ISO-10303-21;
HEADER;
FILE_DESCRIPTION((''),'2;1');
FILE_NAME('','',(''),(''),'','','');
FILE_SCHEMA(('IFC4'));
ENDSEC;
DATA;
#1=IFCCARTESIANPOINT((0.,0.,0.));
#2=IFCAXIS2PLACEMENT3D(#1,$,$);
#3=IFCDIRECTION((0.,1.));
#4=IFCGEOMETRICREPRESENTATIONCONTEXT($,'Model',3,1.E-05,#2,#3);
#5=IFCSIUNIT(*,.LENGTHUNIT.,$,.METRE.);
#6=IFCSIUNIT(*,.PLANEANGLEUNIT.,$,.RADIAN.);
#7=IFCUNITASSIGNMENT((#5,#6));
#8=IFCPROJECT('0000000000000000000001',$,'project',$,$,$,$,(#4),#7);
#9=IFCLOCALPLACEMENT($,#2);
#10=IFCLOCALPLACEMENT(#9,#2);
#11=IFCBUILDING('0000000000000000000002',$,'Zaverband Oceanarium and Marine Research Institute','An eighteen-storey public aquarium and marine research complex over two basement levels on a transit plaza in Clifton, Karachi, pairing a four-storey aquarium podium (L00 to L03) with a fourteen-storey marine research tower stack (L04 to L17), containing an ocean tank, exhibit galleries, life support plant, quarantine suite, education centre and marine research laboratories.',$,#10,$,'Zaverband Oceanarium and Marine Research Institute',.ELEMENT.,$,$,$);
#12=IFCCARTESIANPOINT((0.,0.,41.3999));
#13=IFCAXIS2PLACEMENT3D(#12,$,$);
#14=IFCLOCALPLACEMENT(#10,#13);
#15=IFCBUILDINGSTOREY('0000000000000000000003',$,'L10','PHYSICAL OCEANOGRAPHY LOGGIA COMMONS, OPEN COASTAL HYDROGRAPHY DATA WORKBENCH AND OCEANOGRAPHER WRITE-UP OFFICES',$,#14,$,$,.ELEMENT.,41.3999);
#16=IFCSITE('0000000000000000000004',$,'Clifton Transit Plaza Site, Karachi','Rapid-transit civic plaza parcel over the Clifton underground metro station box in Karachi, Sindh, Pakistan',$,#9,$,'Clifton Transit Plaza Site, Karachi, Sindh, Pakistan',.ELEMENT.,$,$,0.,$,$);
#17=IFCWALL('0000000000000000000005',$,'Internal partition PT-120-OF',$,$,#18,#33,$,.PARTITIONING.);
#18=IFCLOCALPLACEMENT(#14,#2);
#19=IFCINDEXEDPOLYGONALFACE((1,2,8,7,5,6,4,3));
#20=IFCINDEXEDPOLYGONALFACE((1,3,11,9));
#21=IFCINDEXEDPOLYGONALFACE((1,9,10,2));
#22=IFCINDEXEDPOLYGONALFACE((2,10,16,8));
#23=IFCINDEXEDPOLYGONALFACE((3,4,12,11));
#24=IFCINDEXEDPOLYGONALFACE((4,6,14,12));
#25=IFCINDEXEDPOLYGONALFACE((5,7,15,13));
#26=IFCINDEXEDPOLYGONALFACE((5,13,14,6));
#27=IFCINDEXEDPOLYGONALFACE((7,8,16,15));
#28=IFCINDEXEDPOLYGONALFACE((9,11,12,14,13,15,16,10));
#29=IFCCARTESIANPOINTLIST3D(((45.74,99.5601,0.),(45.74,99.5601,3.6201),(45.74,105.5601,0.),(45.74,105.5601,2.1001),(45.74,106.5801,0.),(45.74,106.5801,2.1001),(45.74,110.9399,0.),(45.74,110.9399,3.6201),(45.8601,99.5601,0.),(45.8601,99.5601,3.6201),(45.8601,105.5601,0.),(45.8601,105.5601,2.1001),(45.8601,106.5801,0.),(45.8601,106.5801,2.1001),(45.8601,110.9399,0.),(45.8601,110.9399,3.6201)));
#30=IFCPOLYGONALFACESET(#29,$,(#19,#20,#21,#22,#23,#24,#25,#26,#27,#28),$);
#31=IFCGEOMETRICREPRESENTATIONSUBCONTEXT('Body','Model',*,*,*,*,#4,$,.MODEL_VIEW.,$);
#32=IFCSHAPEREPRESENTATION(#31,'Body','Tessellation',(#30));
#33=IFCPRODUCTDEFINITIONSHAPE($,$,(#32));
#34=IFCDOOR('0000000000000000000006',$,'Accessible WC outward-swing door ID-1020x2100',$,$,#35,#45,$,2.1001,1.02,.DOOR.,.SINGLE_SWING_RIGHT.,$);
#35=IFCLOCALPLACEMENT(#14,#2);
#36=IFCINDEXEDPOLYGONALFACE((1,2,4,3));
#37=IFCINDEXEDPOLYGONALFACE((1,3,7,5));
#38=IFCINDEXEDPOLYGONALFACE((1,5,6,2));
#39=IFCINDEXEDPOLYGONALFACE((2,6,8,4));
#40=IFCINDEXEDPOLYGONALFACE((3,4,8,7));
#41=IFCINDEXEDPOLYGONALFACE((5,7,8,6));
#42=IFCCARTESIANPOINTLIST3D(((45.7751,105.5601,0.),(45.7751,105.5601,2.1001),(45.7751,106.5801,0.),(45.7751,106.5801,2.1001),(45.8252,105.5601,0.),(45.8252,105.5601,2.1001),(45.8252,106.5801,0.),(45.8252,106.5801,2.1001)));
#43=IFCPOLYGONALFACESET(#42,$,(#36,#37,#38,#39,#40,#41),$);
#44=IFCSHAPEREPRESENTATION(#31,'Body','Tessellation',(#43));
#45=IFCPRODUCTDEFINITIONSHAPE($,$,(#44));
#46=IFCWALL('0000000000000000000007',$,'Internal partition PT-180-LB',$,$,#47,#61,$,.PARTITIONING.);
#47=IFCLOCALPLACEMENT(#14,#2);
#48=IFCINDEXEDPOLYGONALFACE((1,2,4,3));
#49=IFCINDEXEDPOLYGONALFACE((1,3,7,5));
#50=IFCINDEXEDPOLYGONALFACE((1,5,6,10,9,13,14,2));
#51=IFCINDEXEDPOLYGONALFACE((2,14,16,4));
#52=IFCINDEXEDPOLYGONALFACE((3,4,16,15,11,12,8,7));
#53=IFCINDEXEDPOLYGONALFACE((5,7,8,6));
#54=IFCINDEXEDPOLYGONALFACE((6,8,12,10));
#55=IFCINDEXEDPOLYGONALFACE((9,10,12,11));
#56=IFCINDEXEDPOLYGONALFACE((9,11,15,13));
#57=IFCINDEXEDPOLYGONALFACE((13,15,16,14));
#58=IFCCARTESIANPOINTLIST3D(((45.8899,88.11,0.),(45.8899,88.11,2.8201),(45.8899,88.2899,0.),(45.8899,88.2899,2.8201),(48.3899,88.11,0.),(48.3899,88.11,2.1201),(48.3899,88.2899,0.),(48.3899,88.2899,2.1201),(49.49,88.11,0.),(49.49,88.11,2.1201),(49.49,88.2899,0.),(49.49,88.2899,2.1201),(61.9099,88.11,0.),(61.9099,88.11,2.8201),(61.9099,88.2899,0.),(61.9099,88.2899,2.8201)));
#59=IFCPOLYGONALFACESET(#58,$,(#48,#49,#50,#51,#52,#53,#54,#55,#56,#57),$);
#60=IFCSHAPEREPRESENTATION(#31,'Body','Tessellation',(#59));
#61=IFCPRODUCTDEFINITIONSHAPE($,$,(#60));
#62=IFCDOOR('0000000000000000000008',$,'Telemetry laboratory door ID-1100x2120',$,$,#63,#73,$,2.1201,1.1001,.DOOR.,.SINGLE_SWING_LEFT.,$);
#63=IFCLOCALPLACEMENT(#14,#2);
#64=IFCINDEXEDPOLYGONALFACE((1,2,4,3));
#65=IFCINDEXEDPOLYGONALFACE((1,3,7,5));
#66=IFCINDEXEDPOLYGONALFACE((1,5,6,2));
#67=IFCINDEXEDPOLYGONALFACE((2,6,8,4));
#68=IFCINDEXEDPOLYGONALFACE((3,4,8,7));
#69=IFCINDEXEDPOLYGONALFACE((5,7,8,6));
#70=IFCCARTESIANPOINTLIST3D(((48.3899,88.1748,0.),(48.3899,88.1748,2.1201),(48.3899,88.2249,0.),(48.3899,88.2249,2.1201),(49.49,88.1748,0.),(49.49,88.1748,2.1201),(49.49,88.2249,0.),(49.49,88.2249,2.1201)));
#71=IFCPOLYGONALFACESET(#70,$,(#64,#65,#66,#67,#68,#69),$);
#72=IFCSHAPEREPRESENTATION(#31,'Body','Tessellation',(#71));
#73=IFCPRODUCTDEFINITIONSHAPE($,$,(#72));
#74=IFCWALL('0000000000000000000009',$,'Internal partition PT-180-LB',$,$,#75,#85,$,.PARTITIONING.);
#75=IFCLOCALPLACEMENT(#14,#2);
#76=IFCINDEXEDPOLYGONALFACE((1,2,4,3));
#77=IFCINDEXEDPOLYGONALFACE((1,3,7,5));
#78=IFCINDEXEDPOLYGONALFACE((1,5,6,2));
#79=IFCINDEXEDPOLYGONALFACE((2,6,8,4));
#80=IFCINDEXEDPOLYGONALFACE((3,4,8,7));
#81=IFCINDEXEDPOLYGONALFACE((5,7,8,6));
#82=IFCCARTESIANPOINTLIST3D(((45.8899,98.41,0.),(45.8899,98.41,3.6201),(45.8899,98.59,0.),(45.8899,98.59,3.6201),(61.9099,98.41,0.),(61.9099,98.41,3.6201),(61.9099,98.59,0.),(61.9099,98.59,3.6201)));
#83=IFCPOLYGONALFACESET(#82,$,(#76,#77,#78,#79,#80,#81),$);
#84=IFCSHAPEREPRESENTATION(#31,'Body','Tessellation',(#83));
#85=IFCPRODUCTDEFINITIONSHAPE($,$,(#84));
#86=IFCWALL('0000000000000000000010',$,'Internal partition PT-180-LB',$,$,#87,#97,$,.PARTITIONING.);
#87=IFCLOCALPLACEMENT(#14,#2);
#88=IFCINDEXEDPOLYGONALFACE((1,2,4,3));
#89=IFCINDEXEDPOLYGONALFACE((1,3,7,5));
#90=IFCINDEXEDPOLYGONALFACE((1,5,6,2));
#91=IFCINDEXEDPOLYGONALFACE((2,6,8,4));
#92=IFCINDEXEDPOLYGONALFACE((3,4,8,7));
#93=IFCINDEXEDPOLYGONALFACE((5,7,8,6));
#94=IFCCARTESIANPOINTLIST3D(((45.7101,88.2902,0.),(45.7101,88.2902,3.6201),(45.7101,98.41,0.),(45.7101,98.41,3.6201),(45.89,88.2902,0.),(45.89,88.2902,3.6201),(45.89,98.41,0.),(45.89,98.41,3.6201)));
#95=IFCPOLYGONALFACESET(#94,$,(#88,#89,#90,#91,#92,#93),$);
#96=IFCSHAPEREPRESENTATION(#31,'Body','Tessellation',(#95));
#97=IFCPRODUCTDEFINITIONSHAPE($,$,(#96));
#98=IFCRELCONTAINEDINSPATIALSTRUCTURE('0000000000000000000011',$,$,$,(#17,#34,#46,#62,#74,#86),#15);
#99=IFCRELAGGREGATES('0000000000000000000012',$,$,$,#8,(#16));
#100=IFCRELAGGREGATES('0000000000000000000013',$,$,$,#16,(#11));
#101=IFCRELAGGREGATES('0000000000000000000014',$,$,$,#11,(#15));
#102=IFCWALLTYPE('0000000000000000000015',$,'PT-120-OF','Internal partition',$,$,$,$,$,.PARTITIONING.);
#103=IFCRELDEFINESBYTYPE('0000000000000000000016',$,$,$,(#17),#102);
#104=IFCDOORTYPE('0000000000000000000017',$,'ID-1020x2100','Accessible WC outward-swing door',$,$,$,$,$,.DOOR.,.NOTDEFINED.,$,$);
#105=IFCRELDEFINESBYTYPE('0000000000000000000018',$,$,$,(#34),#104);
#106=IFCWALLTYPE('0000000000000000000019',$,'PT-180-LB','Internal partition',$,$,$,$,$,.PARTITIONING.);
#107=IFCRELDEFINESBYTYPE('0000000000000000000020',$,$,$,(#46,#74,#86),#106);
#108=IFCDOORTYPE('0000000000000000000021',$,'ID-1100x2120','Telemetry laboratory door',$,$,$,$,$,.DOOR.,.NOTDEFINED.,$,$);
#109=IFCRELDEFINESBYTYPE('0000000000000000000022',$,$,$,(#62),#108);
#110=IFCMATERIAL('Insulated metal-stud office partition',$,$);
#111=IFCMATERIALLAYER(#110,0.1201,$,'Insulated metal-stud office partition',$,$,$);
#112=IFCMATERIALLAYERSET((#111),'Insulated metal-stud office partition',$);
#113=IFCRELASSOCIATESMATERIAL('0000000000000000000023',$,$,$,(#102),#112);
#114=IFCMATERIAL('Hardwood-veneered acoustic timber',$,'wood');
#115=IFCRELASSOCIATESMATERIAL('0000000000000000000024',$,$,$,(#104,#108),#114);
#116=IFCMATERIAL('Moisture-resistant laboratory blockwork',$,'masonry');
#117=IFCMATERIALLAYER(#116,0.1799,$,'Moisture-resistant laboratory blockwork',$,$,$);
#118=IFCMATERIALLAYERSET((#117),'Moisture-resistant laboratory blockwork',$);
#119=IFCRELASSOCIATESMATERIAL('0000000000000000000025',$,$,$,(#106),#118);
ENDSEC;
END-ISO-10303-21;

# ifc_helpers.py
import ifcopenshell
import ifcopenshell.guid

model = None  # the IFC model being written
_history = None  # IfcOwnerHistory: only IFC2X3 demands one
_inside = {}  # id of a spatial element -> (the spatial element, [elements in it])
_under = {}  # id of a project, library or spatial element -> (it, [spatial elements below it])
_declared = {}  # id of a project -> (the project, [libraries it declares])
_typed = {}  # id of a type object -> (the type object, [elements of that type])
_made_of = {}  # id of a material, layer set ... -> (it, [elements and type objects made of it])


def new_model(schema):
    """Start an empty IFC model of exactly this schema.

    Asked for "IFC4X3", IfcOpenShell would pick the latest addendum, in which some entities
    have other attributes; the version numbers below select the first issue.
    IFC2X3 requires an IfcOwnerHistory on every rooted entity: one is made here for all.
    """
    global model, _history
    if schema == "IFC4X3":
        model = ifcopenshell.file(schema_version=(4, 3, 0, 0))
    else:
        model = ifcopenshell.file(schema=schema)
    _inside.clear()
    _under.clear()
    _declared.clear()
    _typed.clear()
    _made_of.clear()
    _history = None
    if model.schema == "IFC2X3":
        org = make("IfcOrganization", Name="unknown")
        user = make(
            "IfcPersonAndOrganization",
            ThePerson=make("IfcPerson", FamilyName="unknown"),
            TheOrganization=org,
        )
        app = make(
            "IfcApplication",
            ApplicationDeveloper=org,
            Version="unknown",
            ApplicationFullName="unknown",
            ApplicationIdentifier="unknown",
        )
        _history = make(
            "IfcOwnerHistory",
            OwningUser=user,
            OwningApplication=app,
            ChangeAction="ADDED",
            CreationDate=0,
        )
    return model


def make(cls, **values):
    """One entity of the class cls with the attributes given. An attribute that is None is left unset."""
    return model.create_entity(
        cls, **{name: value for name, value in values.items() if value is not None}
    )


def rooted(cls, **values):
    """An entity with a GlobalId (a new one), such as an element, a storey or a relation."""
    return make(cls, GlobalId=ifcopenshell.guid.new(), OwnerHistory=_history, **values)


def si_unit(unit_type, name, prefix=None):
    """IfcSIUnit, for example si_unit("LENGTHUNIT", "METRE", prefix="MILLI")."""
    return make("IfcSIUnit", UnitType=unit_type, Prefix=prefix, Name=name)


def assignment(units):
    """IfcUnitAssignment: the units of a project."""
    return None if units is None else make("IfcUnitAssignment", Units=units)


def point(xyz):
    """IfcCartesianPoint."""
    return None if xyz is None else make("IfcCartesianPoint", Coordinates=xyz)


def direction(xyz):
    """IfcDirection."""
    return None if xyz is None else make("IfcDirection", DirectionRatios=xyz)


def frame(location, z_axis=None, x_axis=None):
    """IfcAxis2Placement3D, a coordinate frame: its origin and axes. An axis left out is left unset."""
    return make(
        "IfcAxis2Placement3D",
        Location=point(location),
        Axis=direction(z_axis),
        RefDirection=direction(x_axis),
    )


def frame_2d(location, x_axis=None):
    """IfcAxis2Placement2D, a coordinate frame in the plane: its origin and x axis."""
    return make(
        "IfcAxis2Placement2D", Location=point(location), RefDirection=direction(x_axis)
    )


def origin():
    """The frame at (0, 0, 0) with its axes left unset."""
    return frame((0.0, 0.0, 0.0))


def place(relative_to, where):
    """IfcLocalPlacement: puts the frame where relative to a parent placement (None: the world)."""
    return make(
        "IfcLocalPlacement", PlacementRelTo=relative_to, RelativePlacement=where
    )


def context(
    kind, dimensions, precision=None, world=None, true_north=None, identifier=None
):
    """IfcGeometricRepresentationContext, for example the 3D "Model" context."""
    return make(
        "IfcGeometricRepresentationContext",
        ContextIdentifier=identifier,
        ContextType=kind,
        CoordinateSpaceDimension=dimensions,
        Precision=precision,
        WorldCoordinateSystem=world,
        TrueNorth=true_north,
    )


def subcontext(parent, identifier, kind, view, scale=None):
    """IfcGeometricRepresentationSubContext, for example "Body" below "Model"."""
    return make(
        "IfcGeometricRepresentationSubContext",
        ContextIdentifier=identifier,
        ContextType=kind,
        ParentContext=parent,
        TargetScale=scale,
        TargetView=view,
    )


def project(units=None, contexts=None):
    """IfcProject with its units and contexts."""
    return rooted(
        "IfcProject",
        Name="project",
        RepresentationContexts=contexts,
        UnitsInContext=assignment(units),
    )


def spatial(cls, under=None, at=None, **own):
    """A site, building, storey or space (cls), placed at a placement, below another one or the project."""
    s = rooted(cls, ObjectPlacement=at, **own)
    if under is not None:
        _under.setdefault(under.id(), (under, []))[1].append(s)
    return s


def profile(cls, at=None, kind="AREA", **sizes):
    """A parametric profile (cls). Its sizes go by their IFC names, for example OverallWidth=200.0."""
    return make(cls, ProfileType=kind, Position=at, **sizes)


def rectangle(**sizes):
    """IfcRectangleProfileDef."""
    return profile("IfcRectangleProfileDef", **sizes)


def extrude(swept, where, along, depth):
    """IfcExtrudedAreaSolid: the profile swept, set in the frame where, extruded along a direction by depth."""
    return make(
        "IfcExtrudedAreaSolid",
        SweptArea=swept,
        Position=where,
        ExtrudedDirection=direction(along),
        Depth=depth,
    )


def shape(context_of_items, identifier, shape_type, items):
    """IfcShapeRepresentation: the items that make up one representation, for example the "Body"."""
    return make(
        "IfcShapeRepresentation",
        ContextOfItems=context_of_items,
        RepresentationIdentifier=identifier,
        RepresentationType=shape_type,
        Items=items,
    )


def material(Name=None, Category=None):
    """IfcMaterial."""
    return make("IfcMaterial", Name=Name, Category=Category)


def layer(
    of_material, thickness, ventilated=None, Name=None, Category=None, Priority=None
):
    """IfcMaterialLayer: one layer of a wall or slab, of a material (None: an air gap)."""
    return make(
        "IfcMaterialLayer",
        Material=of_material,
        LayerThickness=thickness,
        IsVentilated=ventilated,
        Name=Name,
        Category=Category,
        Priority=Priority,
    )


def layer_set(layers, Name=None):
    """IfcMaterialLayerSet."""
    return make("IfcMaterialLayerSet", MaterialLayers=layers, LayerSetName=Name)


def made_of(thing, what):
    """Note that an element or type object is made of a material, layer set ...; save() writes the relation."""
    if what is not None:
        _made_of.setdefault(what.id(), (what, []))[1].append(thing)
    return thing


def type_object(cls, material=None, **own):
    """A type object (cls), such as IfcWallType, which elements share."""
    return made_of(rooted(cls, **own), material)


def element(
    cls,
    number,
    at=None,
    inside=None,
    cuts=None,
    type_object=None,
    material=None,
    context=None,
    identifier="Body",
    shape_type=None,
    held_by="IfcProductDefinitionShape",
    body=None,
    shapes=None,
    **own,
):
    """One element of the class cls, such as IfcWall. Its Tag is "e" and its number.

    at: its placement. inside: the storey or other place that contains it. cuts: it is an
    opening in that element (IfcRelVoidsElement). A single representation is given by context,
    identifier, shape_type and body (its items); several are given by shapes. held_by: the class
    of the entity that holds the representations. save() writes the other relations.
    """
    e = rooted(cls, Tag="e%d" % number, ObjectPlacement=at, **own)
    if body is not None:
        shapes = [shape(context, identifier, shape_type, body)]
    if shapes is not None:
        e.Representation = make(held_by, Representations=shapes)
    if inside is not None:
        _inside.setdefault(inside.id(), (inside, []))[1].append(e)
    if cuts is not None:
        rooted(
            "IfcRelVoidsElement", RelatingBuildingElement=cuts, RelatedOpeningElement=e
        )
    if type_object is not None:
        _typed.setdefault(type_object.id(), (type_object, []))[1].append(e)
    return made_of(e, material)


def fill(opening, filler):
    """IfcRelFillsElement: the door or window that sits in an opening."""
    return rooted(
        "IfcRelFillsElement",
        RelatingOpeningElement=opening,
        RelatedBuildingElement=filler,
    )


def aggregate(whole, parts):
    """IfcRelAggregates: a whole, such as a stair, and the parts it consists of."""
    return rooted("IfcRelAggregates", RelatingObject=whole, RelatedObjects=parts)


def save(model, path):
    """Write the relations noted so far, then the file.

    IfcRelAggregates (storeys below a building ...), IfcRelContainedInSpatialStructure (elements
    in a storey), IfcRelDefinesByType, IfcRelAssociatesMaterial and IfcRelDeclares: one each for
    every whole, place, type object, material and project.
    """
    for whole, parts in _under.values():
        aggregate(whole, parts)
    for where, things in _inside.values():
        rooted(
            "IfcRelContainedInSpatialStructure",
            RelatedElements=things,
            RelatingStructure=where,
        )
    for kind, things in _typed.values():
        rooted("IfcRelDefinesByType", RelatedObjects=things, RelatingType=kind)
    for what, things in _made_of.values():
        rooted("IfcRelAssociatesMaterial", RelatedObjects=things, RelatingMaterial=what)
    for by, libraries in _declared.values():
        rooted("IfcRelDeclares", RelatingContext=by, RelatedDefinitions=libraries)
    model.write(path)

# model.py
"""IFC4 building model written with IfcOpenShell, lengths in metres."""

from ifc_helpers import new_model, si_unit, direction, frame, frame_2d, origin, place, context, subcontext, project, spatial, rectangle, extrude, material, layer, layer_set, type_object, element, fill, save


model = new_model("IFC4")

# Units and contexts
model_context = context("Model", 3, precision=1e-05, world=origin(), true_north=direction((0.0, 1.0)))
body_context = subcontext(model_context, "Body", "Model", "MODEL_VIEW")
ifc_project = project(units=[si_unit("LENGTHUNIT", "METRE"), si_unit("PLANEANGLEUNIT", "RADIAN")], contexts=[model_context])

# Site, building, storey
site_placement = place(None, origin())
site = spatial("IfcSite", under=ifc_project, at=site_placement, Name="Clifton Transit Plaza Site, Karachi", Description="Rapid-transit civic plaza parcel over the Clifton underground metro station box in Karachi, Sindh, Pakistan", LongName="Clifton Transit Plaza Site, Karachi, Sindh, Pakistan", CompositionType="ELEMENT", RefElevation=0.0)
building_placement = place(site_placement, origin())
building = spatial("IfcBuilding", under=site, at=building_placement, Name="Zaverband Oceanarium and Marine Research Institute", Description="An eighteen-storey public aquarium and marine research complex over two basement levels on a transit plaza in Clifton, Karachi, pairing a four-storey aquarium podium (L00 to L03) with a fourteen-storey marine research tower stack (L04 to L17), containing an ocean tank, exhibit galleries, life support plant, quarantine suite, education centre and marine research laboratories.", LongName="Zaverband Oceanarium and Marine Research Institute", CompositionType="ELEMENT")
storey_placement = place(building_placement, frame((0.0, 0.0, 41.3999)))
storey = spatial("IfcBuildingStorey", under=building, at=storey_placement, Name="L10", Description="PHYSICAL OCEANOGRAPHY LOGGIA COMMONS, OPEN COASTAL HYDROGRAPHY DATA WORKBENCH AND OCEANOGRAPHER WRITE-UP OFFICES", CompositionType="ELEMENT", Elevation=41.3999)

# Shared definitions
ifc_material_1 = material(Name="Insulated metal-stud office partition")
ifc_layer_1 = layer(ifc_material_1, 0.1201, Name="Insulated metal-stud office partition")
ifc_layer_set_1 = layer_set([ifc_layer_1], Name="Insulated metal-stud office partition")
wall_type_1 = type_object("IfcWallType", Name="PT-120-OF", Description="Internal partition", PredefinedType="PARTITIONING", material=ifc_layer_set_1)

# Walls, openings, doors
wall_1_placement = place(storey_placement, frame((45.8, 99.5601, 0.0), z_axis=(0.0, 0.0, 1.0), x_axis=(0.0, 1.0, 0.0)))
wall_1 = element("IfcWall", 1, at=wall_1_placement, inside=storey, type_object=wall_type_1, Name="Internal partition PT-120-OF", PredefinedType="PARTITIONING", context=body_context, shape_type="SweptSolid", body=[
    extrude(rectangle(XDim=11.3799, YDim=0.1201, at=frame_2d((5.6899, 0.0))), origin(), (0.0, 0.0, 1.0), 3.6201),
])
opening_1_placement = place(wall_1_placement, frame((6.0, 0.0, 0.0)))
opening_1 = element("IfcOpeningElement", 2, at=opening_1_placement, cuts=wall_1, PredefinedType="OPENING", context=body_context, shape_type="SweptSolid", body=[
    extrude(rectangle(XDim=1.02, YDim=2.1001, at=frame_2d((0.51, 1.05))), frame((0.0, 0.072, 0.0), z_axis=(0.0, -1.0, 0.0), x_axis=(1.0, 0.0, 0.0)), (0.0, 0.0, 1.0), 0.144),
])
ifc_material_2 = material(Name="Hardwood-veneered acoustic timber", Category="wood")
door_type_1 = type_object("IfcDoorType", Name="ID-1020x2100", Description="Accessible WC outward-swing door", OperationType="NOTDEFINED", PredefinedType="DOOR", material=ifc_material_2)
door_1_placement = place(opening_1_placement, origin())
door_1 = element("IfcDoor", 3, at=door_1_placement, inside=storey, type_object=door_type_1, Name="Accessible WC outward-swing door ID-1020x2100", OperationType="SINGLE_SWING_RIGHT", OverallHeight=2.1001, OverallWidth=1.02, PredefinedType="DOOR", context=body_context, shape_type="SweptSolid", body=[
    extrude(rectangle(XDim=1.02, YDim=2.1001, at=frame_2d((0.51, 1.05))), frame((0.0, 0.0249, 0.0), z_axis=(0.0, -1.0, 0.0), x_axis=(1.0, 0.0, 0.0)), (0.0, 0.0, 1.0), 0.05),
])
fill(opening_1, door_1)
ifc_material_3 = material(Name="Moisture-resistant laboratory blockwork", Category="masonry")
ifc_layer_2 = layer(ifc_material_3, 0.1799, Name="Moisture-resistant laboratory blockwork")
ifc_layer_set_2 = layer_set([ifc_layer_2], Name="Moisture-resistant laboratory blockwork")
wall_type_2 = type_object("IfcWallType", Name="PT-180-LB", Description="Internal partition", PredefinedType="PARTITIONING", material=ifc_layer_set_2)
wall_2_placement = place(storey_placement, frame((45.8899, 88.2, 0.0), z_axis=(0.0, 0.0, 1.0), x_axis=(1.0, 0.0, 0.0)))
wall_2 = element("IfcWall", 4, at=wall_2_placement, inside=storey, type_object=wall_type_2, Name="Internal partition PT-180-LB", PredefinedType="PARTITIONING", context=body_context, shape_type="SweptSolid", body=[
    extrude(rectangle(XDim=16.02, YDim=0.1799, at=frame_2d((8.01, 0.0))), origin(), (0.0, 0.0, 1.0), 2.8201),
])
opening_2_placement = place(wall_2_placement, frame((2.5, 0.0, 0.0)))
opening_2 = element("IfcOpeningElement", 5, at=opening_2_placement, cuts=wall_2, PredefinedType="OPENING", context=body_context, shape_type="SweptSolid", body=[
    extrude(rectangle(XDim=1.1001, YDim=2.1201, at=frame_2d((0.55, 1.0601))), frame((0.0, 0.1021, 0.0), z_axis=(0.0, -1.0, 0.0), x_axis=(1.0, 0.0, 0.0)), (0.0, 0.0, 1.0), 0.2039),
])
door_type_2 = type_object("IfcDoorType", Name="ID-1100x2120", Description="Telemetry laboratory door", OperationType="NOTDEFINED", PredefinedType="DOOR", material=ifc_material_2)
door_2_placement = place(opening_2_placement, origin())
door_2 = element("IfcDoor", 6, at=door_2_placement, inside=storey, type_object=door_type_2, Name="Telemetry laboratory door ID-1100x2120", OperationType="SINGLE_SWING_LEFT", OverallHeight=2.1201, OverallWidth=1.1001, PredefinedType="DOOR", context=body_context, shape_type="SweptSolid", body=[
    extrude(rectangle(XDim=1.1001, YDim=2.1201, at=frame_2d((0.55, 1.0601))), frame((0.0, 0.0249, 0.0), z_axis=(0.0, -1.0, 0.0), x_axis=(1.0, 0.0, 0.0)), (0.0, 0.0, 1.0), 0.05),
])
fill(opening_2, door_2)

# Walls
wall_3_placement = place(storey_placement, frame((45.8899, 98.5, 0.0), z_axis=(0.0, 0.0, 1.0), x_axis=(1.0, 0.0, 0.0)))
element("IfcWall", 7, at=wall_3_placement, inside=storey, type_object=wall_type_2, Name="Internal partition PT-180-LB", PredefinedType="PARTITIONING", context=body_context, shape_type="SweptSolid", body=[
    extrude(rectangle(XDim=16.02, YDim=0.1799, at=frame_2d((8.01, 0.0))), origin(), (0.0, 0.0, 1.0), 3.6201),
])
wall_4_placement = place(storey_placement, frame((45.8, 88.29, 0.0), z_axis=(0.0, 0.0, 1.0), x_axis=(0.0, 1.0, 0.0)))
element("IfcWall", 8, at=wall_4_placement, inside=storey, type_object=wall_type_2, Name="Internal partition PT-180-LB", PredefinedType="PARTITIONING", context=body_context, shape_type="SweptSolid", body=[
    extrude(rectangle(XDim=10.1199, YDim=0.1799, at=frame_2d((5.0601, 0.0))), origin(), (0.0, 0.0, 1.0), 3.6201),
])

save(model, "model.ifc")
